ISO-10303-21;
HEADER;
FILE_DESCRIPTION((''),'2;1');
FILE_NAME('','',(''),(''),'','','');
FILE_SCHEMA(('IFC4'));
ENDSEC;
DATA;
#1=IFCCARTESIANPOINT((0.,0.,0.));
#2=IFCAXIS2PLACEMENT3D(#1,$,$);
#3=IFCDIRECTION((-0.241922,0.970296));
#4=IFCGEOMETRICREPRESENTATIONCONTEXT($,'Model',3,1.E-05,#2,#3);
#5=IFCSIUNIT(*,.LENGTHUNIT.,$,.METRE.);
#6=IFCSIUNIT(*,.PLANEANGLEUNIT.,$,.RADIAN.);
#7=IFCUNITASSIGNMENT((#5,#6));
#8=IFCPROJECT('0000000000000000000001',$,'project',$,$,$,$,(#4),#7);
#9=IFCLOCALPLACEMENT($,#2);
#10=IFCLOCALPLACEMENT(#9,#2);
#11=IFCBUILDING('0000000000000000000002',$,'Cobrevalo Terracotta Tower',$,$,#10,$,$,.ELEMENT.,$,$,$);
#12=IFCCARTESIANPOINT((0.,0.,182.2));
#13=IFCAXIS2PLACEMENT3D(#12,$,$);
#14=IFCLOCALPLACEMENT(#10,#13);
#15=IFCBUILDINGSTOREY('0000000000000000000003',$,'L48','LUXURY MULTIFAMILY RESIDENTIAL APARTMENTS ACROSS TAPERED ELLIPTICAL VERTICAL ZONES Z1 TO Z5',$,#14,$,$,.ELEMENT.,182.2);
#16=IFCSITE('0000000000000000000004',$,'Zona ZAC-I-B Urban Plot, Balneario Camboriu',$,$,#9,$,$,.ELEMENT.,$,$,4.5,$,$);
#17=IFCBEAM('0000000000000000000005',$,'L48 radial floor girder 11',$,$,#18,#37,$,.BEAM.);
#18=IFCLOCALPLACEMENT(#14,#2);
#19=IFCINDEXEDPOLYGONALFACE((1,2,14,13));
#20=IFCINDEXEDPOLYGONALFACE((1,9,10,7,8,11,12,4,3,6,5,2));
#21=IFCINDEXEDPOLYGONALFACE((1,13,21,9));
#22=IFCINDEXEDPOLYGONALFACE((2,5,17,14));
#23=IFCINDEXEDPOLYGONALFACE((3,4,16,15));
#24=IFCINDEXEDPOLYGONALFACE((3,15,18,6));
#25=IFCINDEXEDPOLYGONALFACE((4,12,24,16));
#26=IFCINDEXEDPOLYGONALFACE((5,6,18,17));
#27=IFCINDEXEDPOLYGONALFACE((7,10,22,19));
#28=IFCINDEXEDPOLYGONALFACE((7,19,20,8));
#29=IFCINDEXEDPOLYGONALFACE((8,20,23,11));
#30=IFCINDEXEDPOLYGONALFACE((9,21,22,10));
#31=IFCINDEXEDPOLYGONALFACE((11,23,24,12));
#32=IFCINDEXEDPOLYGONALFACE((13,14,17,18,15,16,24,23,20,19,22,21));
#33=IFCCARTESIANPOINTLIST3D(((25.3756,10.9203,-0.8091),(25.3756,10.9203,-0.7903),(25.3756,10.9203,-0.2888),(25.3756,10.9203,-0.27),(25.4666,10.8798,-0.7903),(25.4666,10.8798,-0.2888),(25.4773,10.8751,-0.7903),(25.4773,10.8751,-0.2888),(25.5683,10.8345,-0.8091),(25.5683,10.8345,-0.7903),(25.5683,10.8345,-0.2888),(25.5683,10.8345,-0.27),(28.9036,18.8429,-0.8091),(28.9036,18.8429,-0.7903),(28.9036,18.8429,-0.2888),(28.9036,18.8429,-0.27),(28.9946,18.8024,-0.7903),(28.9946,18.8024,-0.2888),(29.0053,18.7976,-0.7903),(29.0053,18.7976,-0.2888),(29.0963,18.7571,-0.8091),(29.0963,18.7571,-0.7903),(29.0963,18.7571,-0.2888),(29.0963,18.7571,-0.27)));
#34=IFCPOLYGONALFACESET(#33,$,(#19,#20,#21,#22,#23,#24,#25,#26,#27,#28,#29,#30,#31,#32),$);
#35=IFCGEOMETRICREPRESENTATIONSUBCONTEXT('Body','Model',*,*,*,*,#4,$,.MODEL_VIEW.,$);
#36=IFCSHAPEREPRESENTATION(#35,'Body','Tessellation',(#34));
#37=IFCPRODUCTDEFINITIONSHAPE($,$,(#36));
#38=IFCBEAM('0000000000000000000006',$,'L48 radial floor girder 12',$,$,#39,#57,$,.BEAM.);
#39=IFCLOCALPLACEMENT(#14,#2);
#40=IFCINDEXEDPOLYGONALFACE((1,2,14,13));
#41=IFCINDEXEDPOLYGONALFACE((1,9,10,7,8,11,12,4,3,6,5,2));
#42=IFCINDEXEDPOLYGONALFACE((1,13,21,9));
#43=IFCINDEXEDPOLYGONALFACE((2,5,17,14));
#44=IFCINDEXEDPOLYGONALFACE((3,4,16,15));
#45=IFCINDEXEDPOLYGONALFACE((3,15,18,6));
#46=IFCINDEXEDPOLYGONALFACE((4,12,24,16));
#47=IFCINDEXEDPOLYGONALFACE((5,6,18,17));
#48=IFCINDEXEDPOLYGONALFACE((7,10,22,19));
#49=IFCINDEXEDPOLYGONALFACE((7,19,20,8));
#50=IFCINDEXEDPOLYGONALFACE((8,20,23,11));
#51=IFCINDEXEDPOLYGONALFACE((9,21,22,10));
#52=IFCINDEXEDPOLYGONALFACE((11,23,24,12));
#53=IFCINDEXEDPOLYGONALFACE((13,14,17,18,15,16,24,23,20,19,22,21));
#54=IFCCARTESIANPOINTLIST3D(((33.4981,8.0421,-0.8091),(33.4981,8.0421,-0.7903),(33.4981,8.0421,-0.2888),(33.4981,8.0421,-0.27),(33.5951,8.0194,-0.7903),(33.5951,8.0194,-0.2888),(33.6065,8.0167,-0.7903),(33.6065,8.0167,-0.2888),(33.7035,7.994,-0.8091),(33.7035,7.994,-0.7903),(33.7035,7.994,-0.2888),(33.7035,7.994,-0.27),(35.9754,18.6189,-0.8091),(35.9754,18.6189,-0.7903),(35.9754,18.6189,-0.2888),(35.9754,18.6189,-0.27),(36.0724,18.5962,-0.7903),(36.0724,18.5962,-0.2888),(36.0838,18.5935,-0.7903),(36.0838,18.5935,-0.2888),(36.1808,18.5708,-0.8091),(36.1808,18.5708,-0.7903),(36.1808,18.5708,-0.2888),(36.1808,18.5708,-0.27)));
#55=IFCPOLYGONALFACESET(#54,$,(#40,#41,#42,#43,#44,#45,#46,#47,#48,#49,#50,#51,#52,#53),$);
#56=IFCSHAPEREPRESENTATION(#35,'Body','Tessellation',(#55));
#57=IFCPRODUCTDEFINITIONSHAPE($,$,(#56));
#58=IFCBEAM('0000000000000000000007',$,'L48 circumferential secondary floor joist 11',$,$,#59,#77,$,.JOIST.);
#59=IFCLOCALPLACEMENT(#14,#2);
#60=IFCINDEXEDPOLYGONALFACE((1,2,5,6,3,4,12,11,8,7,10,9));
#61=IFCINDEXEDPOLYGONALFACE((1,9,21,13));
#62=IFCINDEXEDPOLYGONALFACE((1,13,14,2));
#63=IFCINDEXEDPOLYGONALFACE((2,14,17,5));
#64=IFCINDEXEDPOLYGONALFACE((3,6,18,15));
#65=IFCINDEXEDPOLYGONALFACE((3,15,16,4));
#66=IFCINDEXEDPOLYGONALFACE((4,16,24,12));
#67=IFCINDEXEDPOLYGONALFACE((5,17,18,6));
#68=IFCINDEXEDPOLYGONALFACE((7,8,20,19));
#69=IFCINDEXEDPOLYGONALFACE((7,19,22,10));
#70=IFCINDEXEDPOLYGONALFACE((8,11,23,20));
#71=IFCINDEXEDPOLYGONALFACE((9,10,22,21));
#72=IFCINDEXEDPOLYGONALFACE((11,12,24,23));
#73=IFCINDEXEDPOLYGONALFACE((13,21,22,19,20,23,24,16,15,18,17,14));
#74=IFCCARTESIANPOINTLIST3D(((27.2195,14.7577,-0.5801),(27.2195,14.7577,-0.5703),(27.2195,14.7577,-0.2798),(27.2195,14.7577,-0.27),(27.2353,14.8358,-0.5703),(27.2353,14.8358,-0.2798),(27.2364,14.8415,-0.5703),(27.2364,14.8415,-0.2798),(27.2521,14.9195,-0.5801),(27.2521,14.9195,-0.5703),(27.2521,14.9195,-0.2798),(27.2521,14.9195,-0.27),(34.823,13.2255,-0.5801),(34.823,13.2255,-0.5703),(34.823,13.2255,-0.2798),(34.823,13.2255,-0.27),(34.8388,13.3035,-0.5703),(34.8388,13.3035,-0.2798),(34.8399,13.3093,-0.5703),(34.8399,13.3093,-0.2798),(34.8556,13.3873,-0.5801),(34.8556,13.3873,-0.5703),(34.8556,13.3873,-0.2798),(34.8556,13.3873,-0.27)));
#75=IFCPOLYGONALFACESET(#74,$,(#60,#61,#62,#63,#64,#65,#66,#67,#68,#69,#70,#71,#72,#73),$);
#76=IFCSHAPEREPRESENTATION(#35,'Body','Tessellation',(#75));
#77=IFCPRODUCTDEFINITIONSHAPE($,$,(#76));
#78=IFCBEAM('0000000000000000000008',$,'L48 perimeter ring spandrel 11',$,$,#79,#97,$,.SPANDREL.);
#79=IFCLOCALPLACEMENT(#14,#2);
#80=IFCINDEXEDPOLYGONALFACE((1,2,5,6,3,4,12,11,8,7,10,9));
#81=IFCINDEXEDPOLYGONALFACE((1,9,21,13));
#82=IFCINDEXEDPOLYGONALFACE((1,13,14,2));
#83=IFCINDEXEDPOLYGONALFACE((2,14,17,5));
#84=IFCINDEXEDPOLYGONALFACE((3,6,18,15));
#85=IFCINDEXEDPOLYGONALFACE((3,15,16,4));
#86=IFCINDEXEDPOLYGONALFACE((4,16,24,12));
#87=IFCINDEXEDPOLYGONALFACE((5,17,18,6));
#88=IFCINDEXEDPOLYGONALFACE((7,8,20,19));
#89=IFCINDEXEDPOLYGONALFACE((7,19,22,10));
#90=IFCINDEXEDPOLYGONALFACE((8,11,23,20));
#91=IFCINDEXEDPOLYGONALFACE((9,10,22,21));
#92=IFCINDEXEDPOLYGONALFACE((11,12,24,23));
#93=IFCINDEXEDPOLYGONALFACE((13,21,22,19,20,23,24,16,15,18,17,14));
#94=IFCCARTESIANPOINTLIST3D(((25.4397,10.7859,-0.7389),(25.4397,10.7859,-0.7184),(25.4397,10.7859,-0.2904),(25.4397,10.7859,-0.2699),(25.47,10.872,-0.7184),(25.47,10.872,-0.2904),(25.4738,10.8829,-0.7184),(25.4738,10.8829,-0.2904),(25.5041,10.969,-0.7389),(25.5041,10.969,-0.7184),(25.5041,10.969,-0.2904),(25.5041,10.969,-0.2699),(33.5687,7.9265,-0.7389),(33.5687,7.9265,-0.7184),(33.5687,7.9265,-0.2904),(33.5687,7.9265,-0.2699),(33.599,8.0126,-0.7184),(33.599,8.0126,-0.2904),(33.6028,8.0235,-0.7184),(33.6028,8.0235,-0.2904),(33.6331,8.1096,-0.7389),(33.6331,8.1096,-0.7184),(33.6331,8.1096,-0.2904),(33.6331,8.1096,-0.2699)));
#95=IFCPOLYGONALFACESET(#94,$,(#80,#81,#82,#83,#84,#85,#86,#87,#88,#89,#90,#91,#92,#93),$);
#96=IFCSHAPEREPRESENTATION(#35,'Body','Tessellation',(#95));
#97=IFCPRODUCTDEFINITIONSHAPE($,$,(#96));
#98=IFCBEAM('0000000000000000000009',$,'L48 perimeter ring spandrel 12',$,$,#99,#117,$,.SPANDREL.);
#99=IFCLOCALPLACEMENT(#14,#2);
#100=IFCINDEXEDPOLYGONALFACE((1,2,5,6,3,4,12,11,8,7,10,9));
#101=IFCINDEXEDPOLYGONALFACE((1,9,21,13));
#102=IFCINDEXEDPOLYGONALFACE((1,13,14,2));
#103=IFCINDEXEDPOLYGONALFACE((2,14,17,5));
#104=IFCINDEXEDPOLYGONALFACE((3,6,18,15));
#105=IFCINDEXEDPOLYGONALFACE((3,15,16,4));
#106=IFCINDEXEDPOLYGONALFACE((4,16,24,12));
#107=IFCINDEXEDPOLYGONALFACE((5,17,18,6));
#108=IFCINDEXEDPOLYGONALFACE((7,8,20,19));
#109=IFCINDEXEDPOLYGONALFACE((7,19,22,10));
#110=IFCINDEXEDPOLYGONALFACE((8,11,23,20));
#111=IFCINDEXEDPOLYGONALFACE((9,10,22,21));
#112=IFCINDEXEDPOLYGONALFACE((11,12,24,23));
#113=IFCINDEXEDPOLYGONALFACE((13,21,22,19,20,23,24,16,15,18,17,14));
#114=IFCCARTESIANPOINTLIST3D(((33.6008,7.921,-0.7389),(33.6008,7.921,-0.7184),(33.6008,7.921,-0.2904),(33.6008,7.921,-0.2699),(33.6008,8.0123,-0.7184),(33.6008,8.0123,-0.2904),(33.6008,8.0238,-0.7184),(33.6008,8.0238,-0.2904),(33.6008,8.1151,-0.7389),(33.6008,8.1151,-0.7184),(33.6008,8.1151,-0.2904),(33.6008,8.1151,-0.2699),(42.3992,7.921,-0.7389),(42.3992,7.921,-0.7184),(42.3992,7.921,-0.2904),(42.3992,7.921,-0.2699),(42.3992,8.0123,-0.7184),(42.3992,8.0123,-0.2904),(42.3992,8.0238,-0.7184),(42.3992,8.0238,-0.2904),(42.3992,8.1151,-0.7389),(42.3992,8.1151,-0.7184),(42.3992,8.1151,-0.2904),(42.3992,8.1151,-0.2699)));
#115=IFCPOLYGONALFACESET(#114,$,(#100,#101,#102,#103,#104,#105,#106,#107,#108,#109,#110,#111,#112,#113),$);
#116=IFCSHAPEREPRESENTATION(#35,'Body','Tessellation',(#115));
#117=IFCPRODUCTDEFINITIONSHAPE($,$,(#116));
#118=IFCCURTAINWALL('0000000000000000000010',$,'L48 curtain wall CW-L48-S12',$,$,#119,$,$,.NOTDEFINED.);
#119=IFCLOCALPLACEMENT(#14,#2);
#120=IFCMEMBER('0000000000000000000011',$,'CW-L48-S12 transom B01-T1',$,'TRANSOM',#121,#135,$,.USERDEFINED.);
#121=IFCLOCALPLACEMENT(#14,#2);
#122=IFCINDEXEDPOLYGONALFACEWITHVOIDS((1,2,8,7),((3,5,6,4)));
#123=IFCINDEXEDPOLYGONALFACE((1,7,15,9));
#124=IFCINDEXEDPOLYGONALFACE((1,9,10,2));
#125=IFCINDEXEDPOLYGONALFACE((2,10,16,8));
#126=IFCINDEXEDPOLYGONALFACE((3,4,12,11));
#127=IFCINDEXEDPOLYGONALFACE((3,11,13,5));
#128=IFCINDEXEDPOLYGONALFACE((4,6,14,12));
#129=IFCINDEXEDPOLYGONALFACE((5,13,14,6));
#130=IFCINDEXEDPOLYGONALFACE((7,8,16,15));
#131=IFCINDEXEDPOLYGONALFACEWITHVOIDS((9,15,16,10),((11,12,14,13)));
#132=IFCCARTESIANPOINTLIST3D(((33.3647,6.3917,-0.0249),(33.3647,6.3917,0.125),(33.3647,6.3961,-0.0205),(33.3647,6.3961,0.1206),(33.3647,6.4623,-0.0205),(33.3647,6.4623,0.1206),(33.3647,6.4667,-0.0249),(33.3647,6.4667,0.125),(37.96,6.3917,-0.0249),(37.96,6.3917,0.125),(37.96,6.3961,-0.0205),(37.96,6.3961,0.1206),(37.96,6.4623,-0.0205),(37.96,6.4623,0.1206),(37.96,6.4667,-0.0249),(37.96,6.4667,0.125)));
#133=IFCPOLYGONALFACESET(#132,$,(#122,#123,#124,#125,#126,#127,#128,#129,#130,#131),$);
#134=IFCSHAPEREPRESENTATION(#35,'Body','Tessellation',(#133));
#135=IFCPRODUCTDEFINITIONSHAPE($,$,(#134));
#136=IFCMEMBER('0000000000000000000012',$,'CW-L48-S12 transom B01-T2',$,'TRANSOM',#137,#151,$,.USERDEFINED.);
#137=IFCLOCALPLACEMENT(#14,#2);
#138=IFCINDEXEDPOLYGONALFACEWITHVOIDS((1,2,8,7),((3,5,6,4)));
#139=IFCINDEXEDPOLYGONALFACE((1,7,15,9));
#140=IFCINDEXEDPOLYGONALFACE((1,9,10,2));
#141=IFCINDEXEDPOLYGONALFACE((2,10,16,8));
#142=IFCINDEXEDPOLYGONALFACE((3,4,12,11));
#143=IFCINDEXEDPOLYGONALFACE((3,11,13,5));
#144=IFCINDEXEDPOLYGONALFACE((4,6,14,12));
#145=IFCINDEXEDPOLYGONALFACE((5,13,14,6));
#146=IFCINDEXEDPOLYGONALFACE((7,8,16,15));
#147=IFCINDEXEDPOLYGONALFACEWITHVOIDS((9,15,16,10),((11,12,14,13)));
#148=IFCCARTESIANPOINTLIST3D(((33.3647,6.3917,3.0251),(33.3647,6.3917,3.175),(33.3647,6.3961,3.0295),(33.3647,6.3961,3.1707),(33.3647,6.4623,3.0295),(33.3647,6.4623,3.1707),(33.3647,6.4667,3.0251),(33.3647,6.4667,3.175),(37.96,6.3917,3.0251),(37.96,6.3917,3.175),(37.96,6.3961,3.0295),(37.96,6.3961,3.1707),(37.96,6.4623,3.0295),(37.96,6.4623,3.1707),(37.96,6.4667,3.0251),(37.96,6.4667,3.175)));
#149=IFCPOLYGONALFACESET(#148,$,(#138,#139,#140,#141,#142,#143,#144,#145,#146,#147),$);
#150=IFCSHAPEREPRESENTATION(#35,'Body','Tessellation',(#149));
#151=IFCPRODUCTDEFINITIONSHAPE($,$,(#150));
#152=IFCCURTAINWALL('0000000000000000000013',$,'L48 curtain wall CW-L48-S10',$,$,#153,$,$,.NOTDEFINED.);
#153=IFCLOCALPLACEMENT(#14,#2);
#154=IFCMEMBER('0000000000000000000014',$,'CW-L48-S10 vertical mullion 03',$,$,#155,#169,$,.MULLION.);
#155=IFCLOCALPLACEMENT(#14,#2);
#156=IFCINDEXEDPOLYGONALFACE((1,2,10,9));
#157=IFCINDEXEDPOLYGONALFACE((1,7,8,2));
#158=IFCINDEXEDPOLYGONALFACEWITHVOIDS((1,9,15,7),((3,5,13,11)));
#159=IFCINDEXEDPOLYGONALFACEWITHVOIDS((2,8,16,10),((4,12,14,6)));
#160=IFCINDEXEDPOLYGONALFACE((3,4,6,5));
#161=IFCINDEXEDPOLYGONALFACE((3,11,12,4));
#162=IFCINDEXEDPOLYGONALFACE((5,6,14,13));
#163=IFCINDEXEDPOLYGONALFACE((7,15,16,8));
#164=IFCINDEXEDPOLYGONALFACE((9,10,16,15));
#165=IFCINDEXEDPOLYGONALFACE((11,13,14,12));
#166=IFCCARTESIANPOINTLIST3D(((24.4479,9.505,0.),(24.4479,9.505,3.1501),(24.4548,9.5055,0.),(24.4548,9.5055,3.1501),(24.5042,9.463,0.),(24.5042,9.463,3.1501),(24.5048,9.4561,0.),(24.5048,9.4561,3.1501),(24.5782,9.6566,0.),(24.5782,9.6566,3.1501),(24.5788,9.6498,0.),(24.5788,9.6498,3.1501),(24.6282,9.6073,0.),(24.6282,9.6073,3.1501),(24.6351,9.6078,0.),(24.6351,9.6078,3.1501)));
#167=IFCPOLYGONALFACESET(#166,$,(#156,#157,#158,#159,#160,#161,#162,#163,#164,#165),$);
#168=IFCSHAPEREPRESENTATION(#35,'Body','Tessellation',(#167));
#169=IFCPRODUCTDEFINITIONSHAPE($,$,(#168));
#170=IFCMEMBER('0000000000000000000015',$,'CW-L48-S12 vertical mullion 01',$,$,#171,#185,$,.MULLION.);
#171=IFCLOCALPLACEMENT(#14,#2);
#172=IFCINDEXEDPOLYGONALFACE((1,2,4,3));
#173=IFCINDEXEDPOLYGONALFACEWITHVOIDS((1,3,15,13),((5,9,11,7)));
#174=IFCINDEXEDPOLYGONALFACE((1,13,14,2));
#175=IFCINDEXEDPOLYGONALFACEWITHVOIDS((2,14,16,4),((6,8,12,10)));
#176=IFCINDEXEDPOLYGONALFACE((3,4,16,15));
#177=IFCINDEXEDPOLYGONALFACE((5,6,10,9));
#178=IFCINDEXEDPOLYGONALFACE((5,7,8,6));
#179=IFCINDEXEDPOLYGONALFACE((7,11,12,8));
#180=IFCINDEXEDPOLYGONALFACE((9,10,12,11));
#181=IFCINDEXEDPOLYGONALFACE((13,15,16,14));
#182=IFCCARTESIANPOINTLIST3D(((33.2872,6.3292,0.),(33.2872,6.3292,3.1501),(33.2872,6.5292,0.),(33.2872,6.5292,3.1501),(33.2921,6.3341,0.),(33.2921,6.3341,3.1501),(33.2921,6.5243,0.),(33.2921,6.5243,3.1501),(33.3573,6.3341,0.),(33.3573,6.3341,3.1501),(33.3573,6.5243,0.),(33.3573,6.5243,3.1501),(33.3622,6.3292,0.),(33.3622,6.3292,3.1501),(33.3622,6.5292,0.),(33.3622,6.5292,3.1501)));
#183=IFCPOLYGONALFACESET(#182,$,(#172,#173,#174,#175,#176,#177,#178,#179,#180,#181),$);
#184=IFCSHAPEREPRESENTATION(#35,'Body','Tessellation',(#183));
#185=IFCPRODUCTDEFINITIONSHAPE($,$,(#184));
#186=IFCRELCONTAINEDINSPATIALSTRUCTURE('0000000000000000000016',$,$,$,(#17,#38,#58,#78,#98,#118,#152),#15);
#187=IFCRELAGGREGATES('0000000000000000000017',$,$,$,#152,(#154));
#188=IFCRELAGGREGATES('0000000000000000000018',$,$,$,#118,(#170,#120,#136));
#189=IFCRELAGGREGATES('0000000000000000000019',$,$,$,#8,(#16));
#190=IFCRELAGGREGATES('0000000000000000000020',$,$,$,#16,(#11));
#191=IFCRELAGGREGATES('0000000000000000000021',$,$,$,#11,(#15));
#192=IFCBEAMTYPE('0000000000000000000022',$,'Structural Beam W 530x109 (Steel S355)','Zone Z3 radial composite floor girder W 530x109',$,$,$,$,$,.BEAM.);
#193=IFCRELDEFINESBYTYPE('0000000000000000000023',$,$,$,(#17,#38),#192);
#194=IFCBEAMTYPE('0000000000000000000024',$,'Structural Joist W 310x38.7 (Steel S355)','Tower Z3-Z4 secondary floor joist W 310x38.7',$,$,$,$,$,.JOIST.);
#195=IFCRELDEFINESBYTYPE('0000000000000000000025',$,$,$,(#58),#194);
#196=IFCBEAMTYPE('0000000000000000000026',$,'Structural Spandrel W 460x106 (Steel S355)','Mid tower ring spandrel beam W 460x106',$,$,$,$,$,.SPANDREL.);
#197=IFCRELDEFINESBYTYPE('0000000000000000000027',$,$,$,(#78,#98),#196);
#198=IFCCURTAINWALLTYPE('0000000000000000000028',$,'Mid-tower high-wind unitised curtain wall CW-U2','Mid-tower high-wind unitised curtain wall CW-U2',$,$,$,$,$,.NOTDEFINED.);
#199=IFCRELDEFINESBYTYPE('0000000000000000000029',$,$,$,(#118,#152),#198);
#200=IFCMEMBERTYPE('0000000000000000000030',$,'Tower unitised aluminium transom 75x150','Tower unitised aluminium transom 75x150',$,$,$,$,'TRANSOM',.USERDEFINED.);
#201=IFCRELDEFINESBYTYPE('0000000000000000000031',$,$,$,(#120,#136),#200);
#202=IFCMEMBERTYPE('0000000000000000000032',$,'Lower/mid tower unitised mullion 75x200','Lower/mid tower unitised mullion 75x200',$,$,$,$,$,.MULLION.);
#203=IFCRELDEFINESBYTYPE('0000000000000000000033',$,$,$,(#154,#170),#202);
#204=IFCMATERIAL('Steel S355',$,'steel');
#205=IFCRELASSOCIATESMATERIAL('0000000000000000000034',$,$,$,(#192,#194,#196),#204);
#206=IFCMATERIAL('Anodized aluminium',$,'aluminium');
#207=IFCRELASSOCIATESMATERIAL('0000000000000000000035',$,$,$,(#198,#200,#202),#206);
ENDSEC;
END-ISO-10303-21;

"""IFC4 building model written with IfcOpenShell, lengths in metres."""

from ifc_helpers import new_model, si_unit, direction, frame, origin, origin_2d, place, context, subcontext, project, spatial, hollow_rectangle, i_section, extrude, source, transform, mapped, material, material_profile, profile_set, type_object, element, aggregate, save


model = new_model("IFC4")

# Units and contexts
model_context = context("Model", 3, precision=1e-05, world=origin(), true_north=direction((-0.241922, 0.970296)))
body_context = subcontext(model_context, "Body", "Model", "MODEL_VIEW")
ifc_project = project(units=[si_unit("LENGTHUNIT", "METRE"), si_unit("PLANEANGLEUNIT", "RADIAN")], contexts=[model_context])

# Site, building, storey
site_placement = place(None, origin())
site = spatial("IfcSite", under=ifc_project, at=site_placement, Name="Zona ZAC-I-B Urban Plot, Balneario Camboriu", CompositionType="ELEMENT", RefElevation=4.5)
building_placement = place(site_placement, origin())
building = spatial("IfcBuilding", under=site, at=building_placement, Name="Cobrevalo Terracotta Tower", CompositionType="ELEMENT")
storey_placement = place(building_placement, frame((0.0, 0.0, 182.2)))
storey = spatial("IfcBuildingStorey", under=building, at=storey_placement, Name="L48", Description="LUXURY MULTIFAMILY RESIDENTIAL APARTMENTS ACROSS TAPERED ELLIPTICAL VERTICAL ZONES Z1 TO Z5", CompositionType="ELEMENT", Elevation=182.2)

# Shared definitions
ifc_material_1 = material(Name="Steel S355", Category="steel")

# Beams
ifc_material_profile_1 = material_profile(ifc_material_1, i_section(OverallWidth=0.2109, OverallDepth=0.5391, WebThickness=0.0117, FlangeThickness=0.0188, at=origin_2d()), Name="W 530x109")
ifc_profile_set_1 = profile_set([ifc_material_profile_1], Name="Steel S355")
beam_type_1 = type_object("IfcBeamType", Name="Structural Beam W 530x109 (Steel S355)", Description="Zone Z3 radial composite floor girder W 530x109", PredefinedType="BEAM", material=ifc_profile_set_1)
beam_1_placement = place(storey_placement, frame((25.4719, 10.8774, -0.5396), z_axis=(0.406804, 0.913515, 0.0), x_axis=(-0.913515, 0.406804, 0.0)))
element("IfcBeam", 1, at=beam_1_placement, inside=storey, type_object=beam_type_1, Name="L48 radial floor girder 11", PredefinedType="BEAM", context=body_context, shape_type="SweptSolid", body=[
    extrude(i_section(OverallWidth=0.2109, OverallDepth=0.5391, WebThickness=0.0117, FlangeThickness=0.0188, at=origin_2d()), origin(), (0.0, 0.0, 1.0), 8.6726),
])
beam_2_placement = place(storey_placement, frame((33.6008, 8.0181, -0.5396), z_axis=(0.228046, 0.97365, 0.0), x_axis=(-0.97365, 0.228046, 0.0)))
element("IfcBeam", 2, at=beam_2_placement, inside=storey, type_object=beam_type_1, Name="L48 radial floor girder 12", PredefinedType="BEAM", context=body_context, shape_type="SweptSolid", body=[
    extrude(i_section(OverallWidth=0.2109, OverallDepth=0.5391, WebThickness=0.0117, FlangeThickness=0.0188, at=origin_2d()), origin(), (0.0, 0.0, 1.0), 10.863),
])
ifc_material_profile_2 = material_profile(ifc_material_1, i_section(OverallWidth=0.165, OverallDepth=0.3101, WebThickness=0.0059, FlangeThickness=0.0098, at=origin_2d()), Name="W 310x38.7")
ifc_profile_set_2 = profile_set([ifc_material_profile_2], Name="Steel S355")
beam_type_2 = type_object("IfcBeamType", Name="Structural Joist W 310x38.7 (Steel S355)", Description="Tower Z3-Z4 secondary floor joist W 310x38.7", PredefinedType="JOIST", material=ifc_profile_set_2)
beam_3_placement = place(storey_placement, frame((27.2358, 14.8386, -0.425), z_axis=(0.980294, -0.197544, 0.0), x_axis=(0.197544, 0.980294, 0.0)))
element("IfcBeam", 3, at=beam_3_placement, inside=storey, type_object=beam_type_2, Name="L48 circumferential secondary floor joist 11", PredefinedType="JOIST", context=body_context, shape_type="SweptSolid", body=[
    extrude(i_section(OverallWidth=0.165, OverallDepth=0.3101, WebThickness=0.0059, FlangeThickness=0.0098, at=origin_2d()), origin(), (0.0, 0.0, 1.0), 7.7563),
])
ifc_material_profile_3 = material_profile(ifc_material_1, i_section(OverallWidth=0.1941, OverallDepth=0.469, WebThickness=0.0115, FlangeThickness=0.0205, at=origin_2d()), Name="W 460x106")
ifc_profile_set_3 = profile_set([ifc_material_profile_3], Name="Steel S355")
beam_type_3 = type_object("IfcBeamType", Name="Structural Spandrel W 460x106 (Steel S355)", Description="Mid tower ring spandrel beam W 460x106", PredefinedType="SPANDREL", material=ifc_profile_set_3)
beam_4_placement = place(storey_placement, frame((25.4719, 10.8774, -0.5044), z_axis=(0.943341, -0.331824, 0.0), x_axis=(0.331824, 0.943341, 0.0)))
element("IfcBeam", 4, at=beam_4_placement, inside=storey, type_object=beam_type_3, Name="L48 perimeter ring spandrel 11", PredefinedType="SPANDREL", context=body_context, shape_type="SweptSolid", body=[
    extrude(i_section(OverallWidth=0.1941, OverallDepth=0.469, WebThickness=0.0115, FlangeThickness=0.0205, at=origin_2d()), origin(), (0.0, 0.0, 1.0), 8.6172),
])
beam_5_placement = place(storey_placement, frame((33.6008, 8.0181, -0.5044), z_axis=(1.0, 0.0, 0.0), x_axis=(0.0, 1.0, 0.0)))
element("IfcBeam", 5, at=beam_5_placement, inside=storey, type_object=beam_type_3, Name="L48 perimeter ring spandrel 12", PredefinedType="SPANDREL", context=body_context, shape_type="SweptSolid", body=[
    extrude(i_section(OverallWidth=0.1941, OverallDepth=0.469, WebThickness=0.0115, FlangeThickness=0.0205, at=origin_2d()), origin(), (0.0, 0.0, 1.0), 8.7983),
])

# Curtain wall, members
ifc_material_2 = material(Name="Anodized aluminium", Category="aluminium")
curtain_wall_type = type_object("IfcCurtainWallType", Name="Mid-tower high-wind unitised curtain wall CW-U2", Description="Mid-tower high-wind unitised curtain wall CW-U2", PredefinedType="NOTDEFINED", material=ifc_material_2)
curtain_wall_1_placement = place(storey_placement, origin())
curtain_wall_1 = element("IfcCurtainWall", 6, at=curtain_wall_1_placement, inside=storey, type_object=curtain_wall_type, Name="L48 curtain wall CW-L48-S12", PredefinedType="NOTDEFINED")
ifc_material_profile_4 = material_profile(ifc_material_2, hollow_rectangle(XDim=0.075, YDim=0.1499, WallThickness=0.0044, at=origin_2d()), Name="CWT 75x150")
ifc_profile_set_4 = profile_set([ifc_material_profile_4], Name="Anodized aluminium")
member_type_1 = type_object("IfcMemberType", Name="Tower unitised aluminium transom 75x150", Description="Tower unitised aluminium transom 75x150", ElementType="TRANSOM", PredefinedType="USERDEFINED", material=ifc_profile_set_4)
shared_shape_1 = source(origin(), body_context, "Body", "SweptSolid", [
    extrude(hollow_rectangle(XDim=0.075, YDim=0.1499, WallThickness=0.0044, at=origin_2d()), origin(), (0.0, 0.0, 1.0), 4.5952),
])
member_1_placement = place(storey_placement, frame((33.3647, 6.4292, 0.05), z_axis=(1.0, 0.0, 0.0), x_axis=(0.0, 1.0, 0.0)))
member_1 = element("IfcMember", 7, at=member_1_placement, type_object=member_type_1, Name="CW-L48-S12 transom B01-T1", ObjectType="TRANSOM", PredefinedType="USERDEFINED", context=body_context, shape_type="MappedRepresentation", body=[
    mapped(shared_shape_1, transform((0.0, 0.0, 0.0), scale=1.0)),
])
member_2_placement = place(storey_placement, frame((33.3647, 6.4292, 3.1001), z_axis=(1.0, 0.0, 0.0), x_axis=(0.0, 1.0, 0.0)))
member_2 = element("IfcMember", 8, at=member_2_placement, type_object=member_type_1, Name="CW-L48-S12 transom B01-T2", ObjectType="TRANSOM", PredefinedType="USERDEFINED", context=body_context, shape_type="MappedRepresentation", body=[
    mapped(shared_shape_1, transform((0.0, 0.0, 0.0), scale=1.0)),
])

# Curtain wall, member
curtain_wall_2_placement = place(storey_placement, origin())
curtain_wall_2 = element("IfcCurtainWall", 9, at=curtain_wall_2_placement, inside=storey, type_object=curtain_wall_type, Name="L48 curtain wall CW-L48-S10", PredefinedType="NOTDEFINED")
ifc_material_profile_5 = material_profile(ifc_material_2, hollow_rectangle(XDim=0.075, YDim=0.2, WallThickness=0.0049, at=origin_2d()), Name="CWM 75x200")
ifc_profile_set_5 = profile_set([ifc_material_profile_5], Name="Anodized aluminium")
member_type_2 = type_object("IfcMemberType", Name="Lower/mid tower unitised mullion 75x200", Description="Lower/mid tower unitised mullion 75x200", PredefinedType="MULLION", material=ifc_profile_set_5)
shared_shape_2 = source(origin(), body_context, "Body", "SweptSolid", [
    extrude(hollow_rectangle(XDim=0.075, YDim=0.2, WallThickness=0.0049, at=origin_2d()), origin(), (0.0, 0.0, 1.0), 3.1501),
])
member_3_placement = place(storey_placement, frame((24.5415, 9.5564, 0.0), z_axis=(0.0, 0.0, 1.0), x_axis=(0.758442, -0.651741, 0.0)))
member_3 = element("IfcMember", 10, at=member_3_placement, type_object=member_type_2, Name="CW-L48-S10 vertical mullion 03", PredefinedType="MULLION", context=body_context, shape_type="MappedRepresentation", body=[
    mapped(shared_shape_2, transform((0.0, 0.0, 0.0), scale=1.0)),
])
aggregate(curtain_wall_2, [member_3])

# Member
member_4_placement = place(storey_placement, frame((33.3247, 6.4292, 0.0), z_axis=(0.0, 0.0, 1.0), x_axis=(1.0, 0.0, 0.0)))
member_4 = element("IfcMember", 11, at=member_4_placement, type_object=member_type_2, Name="CW-L48-S12 vertical mullion 01", PredefinedType="MULLION", context=body_context, shape_type="MappedRepresentation", body=[
    mapped(shared_shape_2, transform((0.0, 0.0, 0.0), scale=1.0)),
])
aggregate(curtain_wall_1, [member_4, member_1, member_2])

save(model, "model.ifc")
